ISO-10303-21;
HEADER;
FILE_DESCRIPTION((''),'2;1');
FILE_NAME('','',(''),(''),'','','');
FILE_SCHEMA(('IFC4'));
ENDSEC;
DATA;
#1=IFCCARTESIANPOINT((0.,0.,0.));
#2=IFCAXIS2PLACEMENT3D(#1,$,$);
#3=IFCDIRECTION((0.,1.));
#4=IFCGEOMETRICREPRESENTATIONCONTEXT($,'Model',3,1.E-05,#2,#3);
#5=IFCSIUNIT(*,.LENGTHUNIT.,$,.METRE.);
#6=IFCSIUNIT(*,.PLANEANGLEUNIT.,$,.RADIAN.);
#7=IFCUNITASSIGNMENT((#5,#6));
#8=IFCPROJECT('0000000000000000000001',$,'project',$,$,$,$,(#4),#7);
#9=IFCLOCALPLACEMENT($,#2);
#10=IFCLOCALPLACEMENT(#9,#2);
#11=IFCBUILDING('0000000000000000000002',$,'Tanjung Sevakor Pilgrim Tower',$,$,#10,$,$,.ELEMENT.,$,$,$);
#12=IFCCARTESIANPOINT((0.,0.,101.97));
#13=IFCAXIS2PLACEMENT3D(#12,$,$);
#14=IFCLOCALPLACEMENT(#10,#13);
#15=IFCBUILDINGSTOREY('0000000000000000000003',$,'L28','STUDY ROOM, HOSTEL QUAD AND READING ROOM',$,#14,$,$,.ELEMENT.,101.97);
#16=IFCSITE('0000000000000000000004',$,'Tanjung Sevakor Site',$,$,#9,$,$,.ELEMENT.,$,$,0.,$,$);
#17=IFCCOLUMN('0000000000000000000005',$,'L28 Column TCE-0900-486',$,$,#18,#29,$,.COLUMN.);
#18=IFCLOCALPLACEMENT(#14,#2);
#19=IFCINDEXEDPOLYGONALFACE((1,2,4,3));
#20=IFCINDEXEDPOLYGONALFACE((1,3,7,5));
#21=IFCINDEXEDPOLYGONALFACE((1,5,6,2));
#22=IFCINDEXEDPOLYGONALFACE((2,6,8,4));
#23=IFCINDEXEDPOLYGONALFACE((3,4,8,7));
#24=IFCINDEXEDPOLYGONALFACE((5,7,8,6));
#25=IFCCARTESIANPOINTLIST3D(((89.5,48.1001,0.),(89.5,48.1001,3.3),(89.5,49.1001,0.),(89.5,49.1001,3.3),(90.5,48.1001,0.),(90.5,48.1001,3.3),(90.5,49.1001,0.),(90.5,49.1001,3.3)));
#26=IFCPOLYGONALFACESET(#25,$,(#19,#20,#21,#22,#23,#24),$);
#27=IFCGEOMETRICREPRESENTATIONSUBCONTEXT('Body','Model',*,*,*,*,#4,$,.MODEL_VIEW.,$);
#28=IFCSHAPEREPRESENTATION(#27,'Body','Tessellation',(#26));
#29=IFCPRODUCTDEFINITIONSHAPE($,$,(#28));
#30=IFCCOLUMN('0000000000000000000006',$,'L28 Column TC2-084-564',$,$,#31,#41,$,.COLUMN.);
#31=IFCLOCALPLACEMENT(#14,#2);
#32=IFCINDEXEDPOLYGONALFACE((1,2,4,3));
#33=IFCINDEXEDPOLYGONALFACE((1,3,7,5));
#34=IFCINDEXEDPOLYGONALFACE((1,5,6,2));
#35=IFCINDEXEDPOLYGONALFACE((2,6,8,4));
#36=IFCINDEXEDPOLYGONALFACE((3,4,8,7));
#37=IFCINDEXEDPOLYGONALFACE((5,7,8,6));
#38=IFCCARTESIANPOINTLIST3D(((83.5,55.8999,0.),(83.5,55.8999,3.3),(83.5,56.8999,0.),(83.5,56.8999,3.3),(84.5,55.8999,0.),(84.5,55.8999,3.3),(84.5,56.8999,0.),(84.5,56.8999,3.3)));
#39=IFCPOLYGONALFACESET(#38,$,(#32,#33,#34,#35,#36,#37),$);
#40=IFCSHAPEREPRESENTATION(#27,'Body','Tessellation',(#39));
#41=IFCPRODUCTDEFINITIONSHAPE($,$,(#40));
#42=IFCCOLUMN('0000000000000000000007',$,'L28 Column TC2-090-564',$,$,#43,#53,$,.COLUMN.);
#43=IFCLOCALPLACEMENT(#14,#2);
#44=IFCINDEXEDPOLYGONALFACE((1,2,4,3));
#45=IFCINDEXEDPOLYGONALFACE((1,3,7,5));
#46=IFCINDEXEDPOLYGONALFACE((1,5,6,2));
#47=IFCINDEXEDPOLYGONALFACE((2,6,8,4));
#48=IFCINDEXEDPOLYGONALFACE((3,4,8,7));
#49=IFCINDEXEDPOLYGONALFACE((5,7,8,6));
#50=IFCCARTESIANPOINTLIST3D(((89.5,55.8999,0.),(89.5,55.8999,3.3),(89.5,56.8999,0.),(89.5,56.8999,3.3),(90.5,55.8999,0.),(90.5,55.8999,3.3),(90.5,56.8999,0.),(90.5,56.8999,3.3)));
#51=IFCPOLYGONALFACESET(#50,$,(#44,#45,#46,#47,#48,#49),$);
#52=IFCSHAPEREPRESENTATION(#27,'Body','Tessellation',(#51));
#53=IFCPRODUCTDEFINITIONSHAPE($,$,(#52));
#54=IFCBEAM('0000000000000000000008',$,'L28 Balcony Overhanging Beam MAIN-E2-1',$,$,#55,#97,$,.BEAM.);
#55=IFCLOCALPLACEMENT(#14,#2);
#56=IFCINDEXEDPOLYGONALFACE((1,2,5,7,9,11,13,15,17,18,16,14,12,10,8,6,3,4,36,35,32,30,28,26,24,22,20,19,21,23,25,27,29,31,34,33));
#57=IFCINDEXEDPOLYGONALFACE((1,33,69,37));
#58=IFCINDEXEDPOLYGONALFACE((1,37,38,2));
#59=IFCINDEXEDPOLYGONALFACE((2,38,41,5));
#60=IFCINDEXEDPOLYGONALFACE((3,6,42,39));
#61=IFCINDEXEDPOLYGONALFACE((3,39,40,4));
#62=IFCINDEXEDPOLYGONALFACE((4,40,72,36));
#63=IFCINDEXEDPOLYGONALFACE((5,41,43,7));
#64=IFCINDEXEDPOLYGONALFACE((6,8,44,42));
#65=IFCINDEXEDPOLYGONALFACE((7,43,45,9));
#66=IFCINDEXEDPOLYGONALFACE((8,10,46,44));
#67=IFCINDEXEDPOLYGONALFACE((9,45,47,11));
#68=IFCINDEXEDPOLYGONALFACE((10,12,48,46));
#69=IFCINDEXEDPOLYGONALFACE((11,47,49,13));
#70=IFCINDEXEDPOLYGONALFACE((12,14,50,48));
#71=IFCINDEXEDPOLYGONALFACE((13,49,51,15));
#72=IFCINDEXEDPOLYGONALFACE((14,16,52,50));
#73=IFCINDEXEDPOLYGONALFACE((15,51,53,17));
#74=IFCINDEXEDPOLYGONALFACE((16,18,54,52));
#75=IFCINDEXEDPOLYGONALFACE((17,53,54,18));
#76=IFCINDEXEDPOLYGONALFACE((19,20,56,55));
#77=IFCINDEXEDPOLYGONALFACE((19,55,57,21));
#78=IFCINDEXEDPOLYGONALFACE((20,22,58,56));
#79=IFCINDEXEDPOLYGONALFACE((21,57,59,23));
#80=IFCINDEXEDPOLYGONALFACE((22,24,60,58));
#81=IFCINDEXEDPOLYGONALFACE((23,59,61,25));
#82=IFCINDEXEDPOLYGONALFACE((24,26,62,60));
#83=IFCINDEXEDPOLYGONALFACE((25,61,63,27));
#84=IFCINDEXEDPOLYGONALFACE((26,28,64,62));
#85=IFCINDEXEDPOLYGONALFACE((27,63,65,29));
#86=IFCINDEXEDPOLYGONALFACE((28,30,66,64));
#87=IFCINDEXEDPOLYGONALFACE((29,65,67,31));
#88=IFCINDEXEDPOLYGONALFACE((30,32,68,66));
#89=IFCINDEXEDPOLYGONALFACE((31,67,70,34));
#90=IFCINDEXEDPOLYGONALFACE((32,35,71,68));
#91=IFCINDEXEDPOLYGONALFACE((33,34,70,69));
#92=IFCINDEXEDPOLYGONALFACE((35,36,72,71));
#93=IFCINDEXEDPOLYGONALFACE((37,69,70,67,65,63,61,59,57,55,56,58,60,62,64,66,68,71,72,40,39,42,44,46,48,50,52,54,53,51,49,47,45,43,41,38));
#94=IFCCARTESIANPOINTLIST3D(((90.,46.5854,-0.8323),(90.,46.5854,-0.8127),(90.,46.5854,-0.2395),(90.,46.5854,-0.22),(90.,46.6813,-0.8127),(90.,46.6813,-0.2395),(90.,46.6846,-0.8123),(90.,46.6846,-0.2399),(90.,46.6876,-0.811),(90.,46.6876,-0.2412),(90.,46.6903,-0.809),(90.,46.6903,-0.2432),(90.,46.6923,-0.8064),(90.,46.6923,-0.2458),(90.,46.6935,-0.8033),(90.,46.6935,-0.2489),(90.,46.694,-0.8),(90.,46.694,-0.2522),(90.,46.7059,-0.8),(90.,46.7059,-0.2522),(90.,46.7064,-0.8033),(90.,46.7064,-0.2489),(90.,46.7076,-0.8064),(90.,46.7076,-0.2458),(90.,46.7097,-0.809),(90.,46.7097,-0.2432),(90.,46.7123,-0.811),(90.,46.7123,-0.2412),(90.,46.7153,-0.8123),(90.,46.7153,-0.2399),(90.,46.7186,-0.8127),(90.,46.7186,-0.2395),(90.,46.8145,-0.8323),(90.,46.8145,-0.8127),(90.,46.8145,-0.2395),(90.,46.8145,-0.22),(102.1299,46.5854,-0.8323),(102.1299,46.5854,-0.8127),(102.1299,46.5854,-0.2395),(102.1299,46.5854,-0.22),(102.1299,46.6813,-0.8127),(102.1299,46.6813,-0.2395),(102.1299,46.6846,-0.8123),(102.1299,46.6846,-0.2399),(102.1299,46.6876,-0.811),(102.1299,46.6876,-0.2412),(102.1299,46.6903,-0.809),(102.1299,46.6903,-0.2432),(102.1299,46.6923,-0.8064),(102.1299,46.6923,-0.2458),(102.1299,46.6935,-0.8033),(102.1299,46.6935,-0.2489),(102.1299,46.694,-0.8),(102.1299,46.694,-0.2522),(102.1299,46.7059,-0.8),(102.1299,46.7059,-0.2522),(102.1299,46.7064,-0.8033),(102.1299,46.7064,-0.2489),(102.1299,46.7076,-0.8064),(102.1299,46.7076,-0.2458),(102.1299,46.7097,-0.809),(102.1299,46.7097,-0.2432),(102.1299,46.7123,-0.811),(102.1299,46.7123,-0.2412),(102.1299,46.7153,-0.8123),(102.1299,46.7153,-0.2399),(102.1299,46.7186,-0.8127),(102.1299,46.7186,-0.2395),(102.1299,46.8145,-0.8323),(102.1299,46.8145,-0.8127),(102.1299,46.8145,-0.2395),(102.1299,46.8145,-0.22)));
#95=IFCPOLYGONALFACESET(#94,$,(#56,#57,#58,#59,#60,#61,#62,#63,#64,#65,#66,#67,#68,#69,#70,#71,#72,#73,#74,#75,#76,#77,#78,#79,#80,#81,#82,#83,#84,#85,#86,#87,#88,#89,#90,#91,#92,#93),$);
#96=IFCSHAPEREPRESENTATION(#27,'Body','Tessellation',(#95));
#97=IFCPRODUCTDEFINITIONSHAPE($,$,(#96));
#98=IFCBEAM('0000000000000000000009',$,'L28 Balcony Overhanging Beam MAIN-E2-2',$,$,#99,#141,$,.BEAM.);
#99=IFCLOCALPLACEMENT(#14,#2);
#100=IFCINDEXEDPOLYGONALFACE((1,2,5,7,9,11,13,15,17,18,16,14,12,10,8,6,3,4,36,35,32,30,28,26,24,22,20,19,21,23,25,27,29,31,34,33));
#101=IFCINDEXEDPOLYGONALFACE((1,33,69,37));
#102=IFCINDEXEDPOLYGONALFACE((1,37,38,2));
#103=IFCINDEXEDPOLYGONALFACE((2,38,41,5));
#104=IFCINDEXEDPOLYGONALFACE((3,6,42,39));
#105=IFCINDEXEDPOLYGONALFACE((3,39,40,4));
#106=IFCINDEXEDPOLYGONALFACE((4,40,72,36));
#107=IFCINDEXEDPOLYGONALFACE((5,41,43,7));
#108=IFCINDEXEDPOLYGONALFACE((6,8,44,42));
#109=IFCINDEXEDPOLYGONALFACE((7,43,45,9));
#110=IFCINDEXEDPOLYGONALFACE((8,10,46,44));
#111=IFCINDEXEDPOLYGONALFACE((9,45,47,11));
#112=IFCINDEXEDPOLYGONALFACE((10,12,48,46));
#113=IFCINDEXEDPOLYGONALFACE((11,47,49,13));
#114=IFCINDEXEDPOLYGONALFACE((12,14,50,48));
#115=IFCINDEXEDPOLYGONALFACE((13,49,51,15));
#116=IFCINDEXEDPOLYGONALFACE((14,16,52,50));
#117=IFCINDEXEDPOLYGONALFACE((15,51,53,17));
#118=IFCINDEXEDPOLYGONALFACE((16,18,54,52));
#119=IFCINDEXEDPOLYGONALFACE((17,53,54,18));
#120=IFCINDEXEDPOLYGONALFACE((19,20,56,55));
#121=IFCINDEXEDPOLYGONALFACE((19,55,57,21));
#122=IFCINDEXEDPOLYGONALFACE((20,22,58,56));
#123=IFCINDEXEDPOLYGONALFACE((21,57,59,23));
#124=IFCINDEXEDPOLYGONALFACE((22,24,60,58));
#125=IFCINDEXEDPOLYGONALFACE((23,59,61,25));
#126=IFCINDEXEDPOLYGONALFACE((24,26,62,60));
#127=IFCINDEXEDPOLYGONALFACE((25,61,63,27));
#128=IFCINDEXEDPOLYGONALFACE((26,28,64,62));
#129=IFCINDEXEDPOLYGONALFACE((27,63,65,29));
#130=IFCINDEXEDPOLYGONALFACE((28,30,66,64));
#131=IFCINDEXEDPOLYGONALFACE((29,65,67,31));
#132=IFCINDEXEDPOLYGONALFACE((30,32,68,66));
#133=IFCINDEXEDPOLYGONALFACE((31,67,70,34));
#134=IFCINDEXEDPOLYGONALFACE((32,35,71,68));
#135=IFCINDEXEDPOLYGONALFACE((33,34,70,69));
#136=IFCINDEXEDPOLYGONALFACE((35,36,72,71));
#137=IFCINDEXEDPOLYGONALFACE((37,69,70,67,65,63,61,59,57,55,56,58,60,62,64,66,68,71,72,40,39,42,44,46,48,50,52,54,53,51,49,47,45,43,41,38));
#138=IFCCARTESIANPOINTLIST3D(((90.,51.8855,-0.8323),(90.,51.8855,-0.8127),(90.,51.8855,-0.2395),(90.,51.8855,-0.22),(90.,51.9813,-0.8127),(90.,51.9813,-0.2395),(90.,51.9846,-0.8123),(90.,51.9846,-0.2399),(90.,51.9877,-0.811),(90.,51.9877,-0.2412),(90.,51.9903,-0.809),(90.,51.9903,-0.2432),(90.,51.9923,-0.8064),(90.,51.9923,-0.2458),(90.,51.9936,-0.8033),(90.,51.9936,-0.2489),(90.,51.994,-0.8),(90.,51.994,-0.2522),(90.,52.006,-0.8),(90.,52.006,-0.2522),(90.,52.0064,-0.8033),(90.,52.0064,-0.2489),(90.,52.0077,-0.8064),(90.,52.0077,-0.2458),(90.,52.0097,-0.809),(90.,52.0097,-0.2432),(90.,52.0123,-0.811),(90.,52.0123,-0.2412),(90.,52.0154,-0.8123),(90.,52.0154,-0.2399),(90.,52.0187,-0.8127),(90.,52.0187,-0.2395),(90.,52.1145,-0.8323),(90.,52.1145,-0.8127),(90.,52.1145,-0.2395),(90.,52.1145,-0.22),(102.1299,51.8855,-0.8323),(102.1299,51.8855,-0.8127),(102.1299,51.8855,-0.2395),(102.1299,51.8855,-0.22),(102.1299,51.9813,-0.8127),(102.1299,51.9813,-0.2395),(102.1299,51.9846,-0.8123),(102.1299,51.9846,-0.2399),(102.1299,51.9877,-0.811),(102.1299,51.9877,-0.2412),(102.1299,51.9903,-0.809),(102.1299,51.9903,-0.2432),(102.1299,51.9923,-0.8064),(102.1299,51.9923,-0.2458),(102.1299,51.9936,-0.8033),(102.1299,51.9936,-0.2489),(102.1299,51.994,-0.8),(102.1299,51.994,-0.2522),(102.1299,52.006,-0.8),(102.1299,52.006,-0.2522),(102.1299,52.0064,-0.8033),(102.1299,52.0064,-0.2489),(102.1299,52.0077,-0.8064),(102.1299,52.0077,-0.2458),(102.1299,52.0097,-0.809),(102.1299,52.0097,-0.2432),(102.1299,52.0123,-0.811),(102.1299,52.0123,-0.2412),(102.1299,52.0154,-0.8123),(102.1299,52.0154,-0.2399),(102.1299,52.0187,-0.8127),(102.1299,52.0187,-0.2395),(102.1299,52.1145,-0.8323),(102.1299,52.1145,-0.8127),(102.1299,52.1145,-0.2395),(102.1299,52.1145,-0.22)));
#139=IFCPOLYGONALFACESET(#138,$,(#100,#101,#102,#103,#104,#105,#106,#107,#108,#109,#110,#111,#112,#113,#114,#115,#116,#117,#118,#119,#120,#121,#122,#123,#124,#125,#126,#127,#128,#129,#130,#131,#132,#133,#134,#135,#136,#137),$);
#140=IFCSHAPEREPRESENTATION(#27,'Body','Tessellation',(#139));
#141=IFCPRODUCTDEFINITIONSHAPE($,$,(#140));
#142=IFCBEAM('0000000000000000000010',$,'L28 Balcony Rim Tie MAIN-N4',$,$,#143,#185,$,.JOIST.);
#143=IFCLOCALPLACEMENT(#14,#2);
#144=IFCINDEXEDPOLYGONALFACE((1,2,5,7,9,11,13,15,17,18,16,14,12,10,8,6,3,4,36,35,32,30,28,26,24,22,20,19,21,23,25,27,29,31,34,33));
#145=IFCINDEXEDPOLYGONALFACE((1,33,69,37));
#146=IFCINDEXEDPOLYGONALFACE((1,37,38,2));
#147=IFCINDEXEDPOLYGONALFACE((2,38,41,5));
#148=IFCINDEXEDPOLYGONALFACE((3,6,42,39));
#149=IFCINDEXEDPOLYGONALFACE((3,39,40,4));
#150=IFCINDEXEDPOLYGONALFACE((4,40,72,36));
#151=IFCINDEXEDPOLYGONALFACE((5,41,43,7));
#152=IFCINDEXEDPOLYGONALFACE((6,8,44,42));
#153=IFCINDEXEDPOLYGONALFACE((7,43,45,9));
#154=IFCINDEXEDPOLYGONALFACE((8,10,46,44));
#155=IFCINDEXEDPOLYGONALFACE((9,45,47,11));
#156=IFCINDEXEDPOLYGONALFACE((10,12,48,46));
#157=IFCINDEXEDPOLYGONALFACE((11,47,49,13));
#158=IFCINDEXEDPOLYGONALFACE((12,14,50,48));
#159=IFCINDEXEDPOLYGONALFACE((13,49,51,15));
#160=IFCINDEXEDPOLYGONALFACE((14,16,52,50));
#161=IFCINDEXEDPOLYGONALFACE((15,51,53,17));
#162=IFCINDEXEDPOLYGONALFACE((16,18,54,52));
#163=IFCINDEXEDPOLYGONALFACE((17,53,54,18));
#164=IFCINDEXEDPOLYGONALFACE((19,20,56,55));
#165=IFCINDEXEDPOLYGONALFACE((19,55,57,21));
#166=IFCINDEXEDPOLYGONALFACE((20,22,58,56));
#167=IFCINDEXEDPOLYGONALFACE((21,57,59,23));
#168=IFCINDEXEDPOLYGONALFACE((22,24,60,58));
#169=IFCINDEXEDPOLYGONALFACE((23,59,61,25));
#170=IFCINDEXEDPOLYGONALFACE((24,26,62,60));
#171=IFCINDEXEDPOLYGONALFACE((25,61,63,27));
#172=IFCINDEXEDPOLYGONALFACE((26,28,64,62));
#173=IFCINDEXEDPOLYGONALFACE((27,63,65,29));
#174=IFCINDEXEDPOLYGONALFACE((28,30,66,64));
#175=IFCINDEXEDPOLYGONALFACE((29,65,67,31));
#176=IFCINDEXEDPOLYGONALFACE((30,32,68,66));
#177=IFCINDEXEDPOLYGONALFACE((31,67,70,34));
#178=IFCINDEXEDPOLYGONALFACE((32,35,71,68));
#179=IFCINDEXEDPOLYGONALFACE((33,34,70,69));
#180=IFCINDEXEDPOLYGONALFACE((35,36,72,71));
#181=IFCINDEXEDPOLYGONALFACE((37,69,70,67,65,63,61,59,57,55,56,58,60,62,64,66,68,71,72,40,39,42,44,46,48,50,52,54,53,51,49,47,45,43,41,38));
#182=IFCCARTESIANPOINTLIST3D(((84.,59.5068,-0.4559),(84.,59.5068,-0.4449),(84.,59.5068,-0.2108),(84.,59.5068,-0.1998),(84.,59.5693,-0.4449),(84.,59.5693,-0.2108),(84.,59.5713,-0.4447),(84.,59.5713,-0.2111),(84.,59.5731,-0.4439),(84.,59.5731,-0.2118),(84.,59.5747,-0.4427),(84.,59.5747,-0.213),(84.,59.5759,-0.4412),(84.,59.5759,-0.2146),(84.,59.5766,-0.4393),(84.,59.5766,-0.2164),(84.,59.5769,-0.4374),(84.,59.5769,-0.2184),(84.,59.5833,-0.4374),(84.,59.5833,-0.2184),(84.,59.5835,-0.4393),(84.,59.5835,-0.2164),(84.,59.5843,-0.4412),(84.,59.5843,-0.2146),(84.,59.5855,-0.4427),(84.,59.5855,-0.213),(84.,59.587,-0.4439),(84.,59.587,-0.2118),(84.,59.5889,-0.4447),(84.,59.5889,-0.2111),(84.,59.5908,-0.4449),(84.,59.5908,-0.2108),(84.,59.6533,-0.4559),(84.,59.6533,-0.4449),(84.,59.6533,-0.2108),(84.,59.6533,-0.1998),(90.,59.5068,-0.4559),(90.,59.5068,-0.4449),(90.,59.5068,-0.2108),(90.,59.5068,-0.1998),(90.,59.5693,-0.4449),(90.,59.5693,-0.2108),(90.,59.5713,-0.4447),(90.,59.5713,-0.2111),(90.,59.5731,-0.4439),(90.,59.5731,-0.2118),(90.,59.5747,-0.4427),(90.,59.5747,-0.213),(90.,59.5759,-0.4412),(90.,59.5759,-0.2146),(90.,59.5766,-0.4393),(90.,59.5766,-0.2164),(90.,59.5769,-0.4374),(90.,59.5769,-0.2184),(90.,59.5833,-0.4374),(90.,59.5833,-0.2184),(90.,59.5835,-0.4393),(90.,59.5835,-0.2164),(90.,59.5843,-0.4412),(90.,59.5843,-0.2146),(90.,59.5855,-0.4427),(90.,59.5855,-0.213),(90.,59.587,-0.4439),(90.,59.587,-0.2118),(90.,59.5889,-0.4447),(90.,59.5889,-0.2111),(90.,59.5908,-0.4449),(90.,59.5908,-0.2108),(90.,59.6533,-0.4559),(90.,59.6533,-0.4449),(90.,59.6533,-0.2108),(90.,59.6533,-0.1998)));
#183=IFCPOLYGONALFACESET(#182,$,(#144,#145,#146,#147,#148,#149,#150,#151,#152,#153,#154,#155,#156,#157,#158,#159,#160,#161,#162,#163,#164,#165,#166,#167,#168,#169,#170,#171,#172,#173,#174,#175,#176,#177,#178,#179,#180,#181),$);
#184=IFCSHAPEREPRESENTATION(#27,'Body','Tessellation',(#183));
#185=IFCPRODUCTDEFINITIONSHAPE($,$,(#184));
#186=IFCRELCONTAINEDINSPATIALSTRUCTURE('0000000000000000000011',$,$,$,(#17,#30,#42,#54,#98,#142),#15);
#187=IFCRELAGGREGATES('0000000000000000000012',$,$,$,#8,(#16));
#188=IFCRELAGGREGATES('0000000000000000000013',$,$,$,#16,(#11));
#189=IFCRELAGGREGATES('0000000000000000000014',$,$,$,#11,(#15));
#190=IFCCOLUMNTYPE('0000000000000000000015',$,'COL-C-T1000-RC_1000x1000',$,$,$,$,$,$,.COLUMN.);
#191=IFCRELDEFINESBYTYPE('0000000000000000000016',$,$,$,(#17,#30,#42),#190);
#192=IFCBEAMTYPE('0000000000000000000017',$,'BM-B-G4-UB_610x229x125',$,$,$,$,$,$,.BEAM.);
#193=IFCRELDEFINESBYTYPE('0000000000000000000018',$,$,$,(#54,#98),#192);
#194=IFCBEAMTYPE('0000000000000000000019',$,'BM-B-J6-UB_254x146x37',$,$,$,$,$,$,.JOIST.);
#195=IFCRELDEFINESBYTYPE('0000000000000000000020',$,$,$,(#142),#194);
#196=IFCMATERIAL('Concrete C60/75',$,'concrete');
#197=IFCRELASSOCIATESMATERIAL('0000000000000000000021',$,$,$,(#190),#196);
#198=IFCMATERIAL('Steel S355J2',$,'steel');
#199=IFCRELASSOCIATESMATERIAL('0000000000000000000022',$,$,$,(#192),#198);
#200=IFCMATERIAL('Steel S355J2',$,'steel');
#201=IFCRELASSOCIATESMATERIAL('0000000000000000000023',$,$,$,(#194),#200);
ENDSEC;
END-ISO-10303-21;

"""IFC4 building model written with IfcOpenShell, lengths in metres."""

from ifc_helpers import new_model, si_unit, direction, frame, origin, origin_2d, place, context, subcontext, project, spatial, rectangle, i_section, extrude, material, material_profile, profile_set, type_object, element, save


model = new_model("IFC4")

# Units and contexts
model_context = context("Model", 3, precision=1e-05, world=origin(), true_north=direction((0.0, 1.0)))
body_context = subcontext(model_context, "Body", "Model", "MODEL_VIEW")
ifc_project = project(units=[si_unit("LENGTHUNIT", "METRE"), si_unit("PLANEANGLEUNIT", "RADIAN")], contexts=[model_context])

# Site, building, storey
site_placement = place(None, origin())
site = spatial("IfcSite", under=ifc_project, at=site_placement, Name="Tanjung Sevakor Site", CompositionType="ELEMENT", RefElevation=0.0)
building_placement = place(site_placement, origin())
building = spatial("IfcBuilding", under=site, at=building_placement, Name="Tanjung Sevakor Pilgrim Tower", CompositionType="ELEMENT")
storey_placement = place(building_placement, frame((0.0, 0.0, 101.97)))
storey = spatial("IfcBuildingStorey", under=building, at=storey_placement, Name="L28", Description="STUDY ROOM, HOSTEL QUAD AND READING ROOM", CompositionType="ELEMENT", Elevation=101.97)

# Columns
ifc_material_1 = material(Name="Concrete C60/75", Category="concrete")
ifc_material_profile_1 = material_profile(ifc_material_1, rectangle(XDim=1.0, YDim=1.0, at=origin_2d()))
ifc_profile_set_1 = profile_set([ifc_material_profile_1], Name="Concrete C60/75")
column_type = type_object("IfcColumnType", Name="COL-C-T1000-RC_1000x1000", PredefinedType="COLUMN", material=ifc_profile_set_1)
for number, where, z_axis, x_axis, name in (
    (1, (90.0, 48.6001, 0.0), (0.0, 0.0, 1.0), (1.0, 0.0, 0.0), "L28 Column TCE-0900-486"),
    (2, (84.0, 56.3999, 0.0), (0.0, 0.0, 1.0), (1.0, 0.0, 0.0), "L28 Column TC2-084-564"),
    (3, (90.0, 56.3999, 0.0), (0.0, 0.0, 1.0), (1.0, 0.0, 0.0), "L28 Column TC2-090-564"),
):
    element("IfcColumn", number, at=place(storey_placement, frame(where, z_axis=z_axis, x_axis=x_axis)), inside=storey, type_object=column_type, Name=name, PredefinedType="COLUMN", context=body_context, shape_type="SweptSolid", body=[
        extrude(rectangle(XDim=1.0, YDim=1.0, at=origin_2d()), origin(), (0.0, 0.0, 1.0), 3.3),
    ])

# Beams
ifc_material_2 = material(Name="Steel S355J2", Category="steel")
ifc_material_profile_2 = material_profile(ifc_material_2, i_section(OverallWidth=0.229, OverallDepth=0.6123, WebThickness=0.012, FlangeThickness=0.0195, FilletRadius=0.0127, at=origin_2d()))
ifc_profile_set_2 = profile_set([ifc_material_profile_2], Name="Steel S355J2")
beam_type_1 = type_object("IfcBeamType", Name="BM-B-G4-UB_610x229x125", PredefinedType="BEAM", material=ifc_profile_set_2)
for number, where, z_axis, x_axis, name in (
    (4, (90.0, 46.7, -0.5261), (1.0, 0.0, 0.0), (0.0, 1.0, 0.0), "L28 Balcony Overhanging Beam MAIN-E2-1"),
    (5, (90.0, 52.0, -0.5261), (1.0, 0.0, 0.0), (0.0, 1.0, 0.0), "L28 Balcony Overhanging Beam MAIN-E2-2"),
):
    element("IfcBeam", number, at=place(storey_placement, frame(where, z_axis=z_axis, x_axis=x_axis)), inside=storey, type_object=beam_type_1, Name=name, PredefinedType="BEAM", context=body_context, shape_type="SweptSolid", body=[
        extrude(i_section(OverallWidth=0.229, OverallDepth=0.6123, WebThickness=0.012, FlangeThickness=0.0195, FilletRadius=0.0127, at=origin_2d()), origin(), (0.0, 0.0, 1.0), 12.1299),
    ])
ifc_material_3 = material(Name="Steel S355J2", Category="steel")
ifc_material_profile_3 = material_profile(ifc_material_3, i_section(OverallWidth=0.1465, OverallDepth=0.2561, WebThickness=0.0063, FlangeThickness=0.011, FilletRadius=0.0076, at=origin_2d()))
ifc_profile_set_3 = profile_set([ifc_material_profile_3], Name="Steel S355J2")
beam_type_2 = type_object("IfcBeamType", Name="BM-B-J6-UB_254x146x37", PredefinedType="JOIST", material=ifc_profile_set_3)
beam_1_placement = place(storey_placement, frame((84.0, 59.5801, -0.3279), z_axis=(1.0, 0.0, 0.0), x_axis=(0.0, 1.0, 0.0)))
element("IfcBeam", 6, at=beam_1_placement, inside=storey, type_object=beam_type_2, Name="L28 Balcony Rim Tie MAIN-N4", PredefinedType="JOIST", context=body_context, shape_type="SweptSolid", body=[
    extrude(i_section(OverallWidth=0.1465, OverallDepth=0.2561, WebThickness=0.0063, FlangeThickness=0.011, FilletRadius=0.0076, at=origin_2d()), origin(), (0.0, 0.0, 1.0), 6.0),
])

save(model, "model.ifc")
